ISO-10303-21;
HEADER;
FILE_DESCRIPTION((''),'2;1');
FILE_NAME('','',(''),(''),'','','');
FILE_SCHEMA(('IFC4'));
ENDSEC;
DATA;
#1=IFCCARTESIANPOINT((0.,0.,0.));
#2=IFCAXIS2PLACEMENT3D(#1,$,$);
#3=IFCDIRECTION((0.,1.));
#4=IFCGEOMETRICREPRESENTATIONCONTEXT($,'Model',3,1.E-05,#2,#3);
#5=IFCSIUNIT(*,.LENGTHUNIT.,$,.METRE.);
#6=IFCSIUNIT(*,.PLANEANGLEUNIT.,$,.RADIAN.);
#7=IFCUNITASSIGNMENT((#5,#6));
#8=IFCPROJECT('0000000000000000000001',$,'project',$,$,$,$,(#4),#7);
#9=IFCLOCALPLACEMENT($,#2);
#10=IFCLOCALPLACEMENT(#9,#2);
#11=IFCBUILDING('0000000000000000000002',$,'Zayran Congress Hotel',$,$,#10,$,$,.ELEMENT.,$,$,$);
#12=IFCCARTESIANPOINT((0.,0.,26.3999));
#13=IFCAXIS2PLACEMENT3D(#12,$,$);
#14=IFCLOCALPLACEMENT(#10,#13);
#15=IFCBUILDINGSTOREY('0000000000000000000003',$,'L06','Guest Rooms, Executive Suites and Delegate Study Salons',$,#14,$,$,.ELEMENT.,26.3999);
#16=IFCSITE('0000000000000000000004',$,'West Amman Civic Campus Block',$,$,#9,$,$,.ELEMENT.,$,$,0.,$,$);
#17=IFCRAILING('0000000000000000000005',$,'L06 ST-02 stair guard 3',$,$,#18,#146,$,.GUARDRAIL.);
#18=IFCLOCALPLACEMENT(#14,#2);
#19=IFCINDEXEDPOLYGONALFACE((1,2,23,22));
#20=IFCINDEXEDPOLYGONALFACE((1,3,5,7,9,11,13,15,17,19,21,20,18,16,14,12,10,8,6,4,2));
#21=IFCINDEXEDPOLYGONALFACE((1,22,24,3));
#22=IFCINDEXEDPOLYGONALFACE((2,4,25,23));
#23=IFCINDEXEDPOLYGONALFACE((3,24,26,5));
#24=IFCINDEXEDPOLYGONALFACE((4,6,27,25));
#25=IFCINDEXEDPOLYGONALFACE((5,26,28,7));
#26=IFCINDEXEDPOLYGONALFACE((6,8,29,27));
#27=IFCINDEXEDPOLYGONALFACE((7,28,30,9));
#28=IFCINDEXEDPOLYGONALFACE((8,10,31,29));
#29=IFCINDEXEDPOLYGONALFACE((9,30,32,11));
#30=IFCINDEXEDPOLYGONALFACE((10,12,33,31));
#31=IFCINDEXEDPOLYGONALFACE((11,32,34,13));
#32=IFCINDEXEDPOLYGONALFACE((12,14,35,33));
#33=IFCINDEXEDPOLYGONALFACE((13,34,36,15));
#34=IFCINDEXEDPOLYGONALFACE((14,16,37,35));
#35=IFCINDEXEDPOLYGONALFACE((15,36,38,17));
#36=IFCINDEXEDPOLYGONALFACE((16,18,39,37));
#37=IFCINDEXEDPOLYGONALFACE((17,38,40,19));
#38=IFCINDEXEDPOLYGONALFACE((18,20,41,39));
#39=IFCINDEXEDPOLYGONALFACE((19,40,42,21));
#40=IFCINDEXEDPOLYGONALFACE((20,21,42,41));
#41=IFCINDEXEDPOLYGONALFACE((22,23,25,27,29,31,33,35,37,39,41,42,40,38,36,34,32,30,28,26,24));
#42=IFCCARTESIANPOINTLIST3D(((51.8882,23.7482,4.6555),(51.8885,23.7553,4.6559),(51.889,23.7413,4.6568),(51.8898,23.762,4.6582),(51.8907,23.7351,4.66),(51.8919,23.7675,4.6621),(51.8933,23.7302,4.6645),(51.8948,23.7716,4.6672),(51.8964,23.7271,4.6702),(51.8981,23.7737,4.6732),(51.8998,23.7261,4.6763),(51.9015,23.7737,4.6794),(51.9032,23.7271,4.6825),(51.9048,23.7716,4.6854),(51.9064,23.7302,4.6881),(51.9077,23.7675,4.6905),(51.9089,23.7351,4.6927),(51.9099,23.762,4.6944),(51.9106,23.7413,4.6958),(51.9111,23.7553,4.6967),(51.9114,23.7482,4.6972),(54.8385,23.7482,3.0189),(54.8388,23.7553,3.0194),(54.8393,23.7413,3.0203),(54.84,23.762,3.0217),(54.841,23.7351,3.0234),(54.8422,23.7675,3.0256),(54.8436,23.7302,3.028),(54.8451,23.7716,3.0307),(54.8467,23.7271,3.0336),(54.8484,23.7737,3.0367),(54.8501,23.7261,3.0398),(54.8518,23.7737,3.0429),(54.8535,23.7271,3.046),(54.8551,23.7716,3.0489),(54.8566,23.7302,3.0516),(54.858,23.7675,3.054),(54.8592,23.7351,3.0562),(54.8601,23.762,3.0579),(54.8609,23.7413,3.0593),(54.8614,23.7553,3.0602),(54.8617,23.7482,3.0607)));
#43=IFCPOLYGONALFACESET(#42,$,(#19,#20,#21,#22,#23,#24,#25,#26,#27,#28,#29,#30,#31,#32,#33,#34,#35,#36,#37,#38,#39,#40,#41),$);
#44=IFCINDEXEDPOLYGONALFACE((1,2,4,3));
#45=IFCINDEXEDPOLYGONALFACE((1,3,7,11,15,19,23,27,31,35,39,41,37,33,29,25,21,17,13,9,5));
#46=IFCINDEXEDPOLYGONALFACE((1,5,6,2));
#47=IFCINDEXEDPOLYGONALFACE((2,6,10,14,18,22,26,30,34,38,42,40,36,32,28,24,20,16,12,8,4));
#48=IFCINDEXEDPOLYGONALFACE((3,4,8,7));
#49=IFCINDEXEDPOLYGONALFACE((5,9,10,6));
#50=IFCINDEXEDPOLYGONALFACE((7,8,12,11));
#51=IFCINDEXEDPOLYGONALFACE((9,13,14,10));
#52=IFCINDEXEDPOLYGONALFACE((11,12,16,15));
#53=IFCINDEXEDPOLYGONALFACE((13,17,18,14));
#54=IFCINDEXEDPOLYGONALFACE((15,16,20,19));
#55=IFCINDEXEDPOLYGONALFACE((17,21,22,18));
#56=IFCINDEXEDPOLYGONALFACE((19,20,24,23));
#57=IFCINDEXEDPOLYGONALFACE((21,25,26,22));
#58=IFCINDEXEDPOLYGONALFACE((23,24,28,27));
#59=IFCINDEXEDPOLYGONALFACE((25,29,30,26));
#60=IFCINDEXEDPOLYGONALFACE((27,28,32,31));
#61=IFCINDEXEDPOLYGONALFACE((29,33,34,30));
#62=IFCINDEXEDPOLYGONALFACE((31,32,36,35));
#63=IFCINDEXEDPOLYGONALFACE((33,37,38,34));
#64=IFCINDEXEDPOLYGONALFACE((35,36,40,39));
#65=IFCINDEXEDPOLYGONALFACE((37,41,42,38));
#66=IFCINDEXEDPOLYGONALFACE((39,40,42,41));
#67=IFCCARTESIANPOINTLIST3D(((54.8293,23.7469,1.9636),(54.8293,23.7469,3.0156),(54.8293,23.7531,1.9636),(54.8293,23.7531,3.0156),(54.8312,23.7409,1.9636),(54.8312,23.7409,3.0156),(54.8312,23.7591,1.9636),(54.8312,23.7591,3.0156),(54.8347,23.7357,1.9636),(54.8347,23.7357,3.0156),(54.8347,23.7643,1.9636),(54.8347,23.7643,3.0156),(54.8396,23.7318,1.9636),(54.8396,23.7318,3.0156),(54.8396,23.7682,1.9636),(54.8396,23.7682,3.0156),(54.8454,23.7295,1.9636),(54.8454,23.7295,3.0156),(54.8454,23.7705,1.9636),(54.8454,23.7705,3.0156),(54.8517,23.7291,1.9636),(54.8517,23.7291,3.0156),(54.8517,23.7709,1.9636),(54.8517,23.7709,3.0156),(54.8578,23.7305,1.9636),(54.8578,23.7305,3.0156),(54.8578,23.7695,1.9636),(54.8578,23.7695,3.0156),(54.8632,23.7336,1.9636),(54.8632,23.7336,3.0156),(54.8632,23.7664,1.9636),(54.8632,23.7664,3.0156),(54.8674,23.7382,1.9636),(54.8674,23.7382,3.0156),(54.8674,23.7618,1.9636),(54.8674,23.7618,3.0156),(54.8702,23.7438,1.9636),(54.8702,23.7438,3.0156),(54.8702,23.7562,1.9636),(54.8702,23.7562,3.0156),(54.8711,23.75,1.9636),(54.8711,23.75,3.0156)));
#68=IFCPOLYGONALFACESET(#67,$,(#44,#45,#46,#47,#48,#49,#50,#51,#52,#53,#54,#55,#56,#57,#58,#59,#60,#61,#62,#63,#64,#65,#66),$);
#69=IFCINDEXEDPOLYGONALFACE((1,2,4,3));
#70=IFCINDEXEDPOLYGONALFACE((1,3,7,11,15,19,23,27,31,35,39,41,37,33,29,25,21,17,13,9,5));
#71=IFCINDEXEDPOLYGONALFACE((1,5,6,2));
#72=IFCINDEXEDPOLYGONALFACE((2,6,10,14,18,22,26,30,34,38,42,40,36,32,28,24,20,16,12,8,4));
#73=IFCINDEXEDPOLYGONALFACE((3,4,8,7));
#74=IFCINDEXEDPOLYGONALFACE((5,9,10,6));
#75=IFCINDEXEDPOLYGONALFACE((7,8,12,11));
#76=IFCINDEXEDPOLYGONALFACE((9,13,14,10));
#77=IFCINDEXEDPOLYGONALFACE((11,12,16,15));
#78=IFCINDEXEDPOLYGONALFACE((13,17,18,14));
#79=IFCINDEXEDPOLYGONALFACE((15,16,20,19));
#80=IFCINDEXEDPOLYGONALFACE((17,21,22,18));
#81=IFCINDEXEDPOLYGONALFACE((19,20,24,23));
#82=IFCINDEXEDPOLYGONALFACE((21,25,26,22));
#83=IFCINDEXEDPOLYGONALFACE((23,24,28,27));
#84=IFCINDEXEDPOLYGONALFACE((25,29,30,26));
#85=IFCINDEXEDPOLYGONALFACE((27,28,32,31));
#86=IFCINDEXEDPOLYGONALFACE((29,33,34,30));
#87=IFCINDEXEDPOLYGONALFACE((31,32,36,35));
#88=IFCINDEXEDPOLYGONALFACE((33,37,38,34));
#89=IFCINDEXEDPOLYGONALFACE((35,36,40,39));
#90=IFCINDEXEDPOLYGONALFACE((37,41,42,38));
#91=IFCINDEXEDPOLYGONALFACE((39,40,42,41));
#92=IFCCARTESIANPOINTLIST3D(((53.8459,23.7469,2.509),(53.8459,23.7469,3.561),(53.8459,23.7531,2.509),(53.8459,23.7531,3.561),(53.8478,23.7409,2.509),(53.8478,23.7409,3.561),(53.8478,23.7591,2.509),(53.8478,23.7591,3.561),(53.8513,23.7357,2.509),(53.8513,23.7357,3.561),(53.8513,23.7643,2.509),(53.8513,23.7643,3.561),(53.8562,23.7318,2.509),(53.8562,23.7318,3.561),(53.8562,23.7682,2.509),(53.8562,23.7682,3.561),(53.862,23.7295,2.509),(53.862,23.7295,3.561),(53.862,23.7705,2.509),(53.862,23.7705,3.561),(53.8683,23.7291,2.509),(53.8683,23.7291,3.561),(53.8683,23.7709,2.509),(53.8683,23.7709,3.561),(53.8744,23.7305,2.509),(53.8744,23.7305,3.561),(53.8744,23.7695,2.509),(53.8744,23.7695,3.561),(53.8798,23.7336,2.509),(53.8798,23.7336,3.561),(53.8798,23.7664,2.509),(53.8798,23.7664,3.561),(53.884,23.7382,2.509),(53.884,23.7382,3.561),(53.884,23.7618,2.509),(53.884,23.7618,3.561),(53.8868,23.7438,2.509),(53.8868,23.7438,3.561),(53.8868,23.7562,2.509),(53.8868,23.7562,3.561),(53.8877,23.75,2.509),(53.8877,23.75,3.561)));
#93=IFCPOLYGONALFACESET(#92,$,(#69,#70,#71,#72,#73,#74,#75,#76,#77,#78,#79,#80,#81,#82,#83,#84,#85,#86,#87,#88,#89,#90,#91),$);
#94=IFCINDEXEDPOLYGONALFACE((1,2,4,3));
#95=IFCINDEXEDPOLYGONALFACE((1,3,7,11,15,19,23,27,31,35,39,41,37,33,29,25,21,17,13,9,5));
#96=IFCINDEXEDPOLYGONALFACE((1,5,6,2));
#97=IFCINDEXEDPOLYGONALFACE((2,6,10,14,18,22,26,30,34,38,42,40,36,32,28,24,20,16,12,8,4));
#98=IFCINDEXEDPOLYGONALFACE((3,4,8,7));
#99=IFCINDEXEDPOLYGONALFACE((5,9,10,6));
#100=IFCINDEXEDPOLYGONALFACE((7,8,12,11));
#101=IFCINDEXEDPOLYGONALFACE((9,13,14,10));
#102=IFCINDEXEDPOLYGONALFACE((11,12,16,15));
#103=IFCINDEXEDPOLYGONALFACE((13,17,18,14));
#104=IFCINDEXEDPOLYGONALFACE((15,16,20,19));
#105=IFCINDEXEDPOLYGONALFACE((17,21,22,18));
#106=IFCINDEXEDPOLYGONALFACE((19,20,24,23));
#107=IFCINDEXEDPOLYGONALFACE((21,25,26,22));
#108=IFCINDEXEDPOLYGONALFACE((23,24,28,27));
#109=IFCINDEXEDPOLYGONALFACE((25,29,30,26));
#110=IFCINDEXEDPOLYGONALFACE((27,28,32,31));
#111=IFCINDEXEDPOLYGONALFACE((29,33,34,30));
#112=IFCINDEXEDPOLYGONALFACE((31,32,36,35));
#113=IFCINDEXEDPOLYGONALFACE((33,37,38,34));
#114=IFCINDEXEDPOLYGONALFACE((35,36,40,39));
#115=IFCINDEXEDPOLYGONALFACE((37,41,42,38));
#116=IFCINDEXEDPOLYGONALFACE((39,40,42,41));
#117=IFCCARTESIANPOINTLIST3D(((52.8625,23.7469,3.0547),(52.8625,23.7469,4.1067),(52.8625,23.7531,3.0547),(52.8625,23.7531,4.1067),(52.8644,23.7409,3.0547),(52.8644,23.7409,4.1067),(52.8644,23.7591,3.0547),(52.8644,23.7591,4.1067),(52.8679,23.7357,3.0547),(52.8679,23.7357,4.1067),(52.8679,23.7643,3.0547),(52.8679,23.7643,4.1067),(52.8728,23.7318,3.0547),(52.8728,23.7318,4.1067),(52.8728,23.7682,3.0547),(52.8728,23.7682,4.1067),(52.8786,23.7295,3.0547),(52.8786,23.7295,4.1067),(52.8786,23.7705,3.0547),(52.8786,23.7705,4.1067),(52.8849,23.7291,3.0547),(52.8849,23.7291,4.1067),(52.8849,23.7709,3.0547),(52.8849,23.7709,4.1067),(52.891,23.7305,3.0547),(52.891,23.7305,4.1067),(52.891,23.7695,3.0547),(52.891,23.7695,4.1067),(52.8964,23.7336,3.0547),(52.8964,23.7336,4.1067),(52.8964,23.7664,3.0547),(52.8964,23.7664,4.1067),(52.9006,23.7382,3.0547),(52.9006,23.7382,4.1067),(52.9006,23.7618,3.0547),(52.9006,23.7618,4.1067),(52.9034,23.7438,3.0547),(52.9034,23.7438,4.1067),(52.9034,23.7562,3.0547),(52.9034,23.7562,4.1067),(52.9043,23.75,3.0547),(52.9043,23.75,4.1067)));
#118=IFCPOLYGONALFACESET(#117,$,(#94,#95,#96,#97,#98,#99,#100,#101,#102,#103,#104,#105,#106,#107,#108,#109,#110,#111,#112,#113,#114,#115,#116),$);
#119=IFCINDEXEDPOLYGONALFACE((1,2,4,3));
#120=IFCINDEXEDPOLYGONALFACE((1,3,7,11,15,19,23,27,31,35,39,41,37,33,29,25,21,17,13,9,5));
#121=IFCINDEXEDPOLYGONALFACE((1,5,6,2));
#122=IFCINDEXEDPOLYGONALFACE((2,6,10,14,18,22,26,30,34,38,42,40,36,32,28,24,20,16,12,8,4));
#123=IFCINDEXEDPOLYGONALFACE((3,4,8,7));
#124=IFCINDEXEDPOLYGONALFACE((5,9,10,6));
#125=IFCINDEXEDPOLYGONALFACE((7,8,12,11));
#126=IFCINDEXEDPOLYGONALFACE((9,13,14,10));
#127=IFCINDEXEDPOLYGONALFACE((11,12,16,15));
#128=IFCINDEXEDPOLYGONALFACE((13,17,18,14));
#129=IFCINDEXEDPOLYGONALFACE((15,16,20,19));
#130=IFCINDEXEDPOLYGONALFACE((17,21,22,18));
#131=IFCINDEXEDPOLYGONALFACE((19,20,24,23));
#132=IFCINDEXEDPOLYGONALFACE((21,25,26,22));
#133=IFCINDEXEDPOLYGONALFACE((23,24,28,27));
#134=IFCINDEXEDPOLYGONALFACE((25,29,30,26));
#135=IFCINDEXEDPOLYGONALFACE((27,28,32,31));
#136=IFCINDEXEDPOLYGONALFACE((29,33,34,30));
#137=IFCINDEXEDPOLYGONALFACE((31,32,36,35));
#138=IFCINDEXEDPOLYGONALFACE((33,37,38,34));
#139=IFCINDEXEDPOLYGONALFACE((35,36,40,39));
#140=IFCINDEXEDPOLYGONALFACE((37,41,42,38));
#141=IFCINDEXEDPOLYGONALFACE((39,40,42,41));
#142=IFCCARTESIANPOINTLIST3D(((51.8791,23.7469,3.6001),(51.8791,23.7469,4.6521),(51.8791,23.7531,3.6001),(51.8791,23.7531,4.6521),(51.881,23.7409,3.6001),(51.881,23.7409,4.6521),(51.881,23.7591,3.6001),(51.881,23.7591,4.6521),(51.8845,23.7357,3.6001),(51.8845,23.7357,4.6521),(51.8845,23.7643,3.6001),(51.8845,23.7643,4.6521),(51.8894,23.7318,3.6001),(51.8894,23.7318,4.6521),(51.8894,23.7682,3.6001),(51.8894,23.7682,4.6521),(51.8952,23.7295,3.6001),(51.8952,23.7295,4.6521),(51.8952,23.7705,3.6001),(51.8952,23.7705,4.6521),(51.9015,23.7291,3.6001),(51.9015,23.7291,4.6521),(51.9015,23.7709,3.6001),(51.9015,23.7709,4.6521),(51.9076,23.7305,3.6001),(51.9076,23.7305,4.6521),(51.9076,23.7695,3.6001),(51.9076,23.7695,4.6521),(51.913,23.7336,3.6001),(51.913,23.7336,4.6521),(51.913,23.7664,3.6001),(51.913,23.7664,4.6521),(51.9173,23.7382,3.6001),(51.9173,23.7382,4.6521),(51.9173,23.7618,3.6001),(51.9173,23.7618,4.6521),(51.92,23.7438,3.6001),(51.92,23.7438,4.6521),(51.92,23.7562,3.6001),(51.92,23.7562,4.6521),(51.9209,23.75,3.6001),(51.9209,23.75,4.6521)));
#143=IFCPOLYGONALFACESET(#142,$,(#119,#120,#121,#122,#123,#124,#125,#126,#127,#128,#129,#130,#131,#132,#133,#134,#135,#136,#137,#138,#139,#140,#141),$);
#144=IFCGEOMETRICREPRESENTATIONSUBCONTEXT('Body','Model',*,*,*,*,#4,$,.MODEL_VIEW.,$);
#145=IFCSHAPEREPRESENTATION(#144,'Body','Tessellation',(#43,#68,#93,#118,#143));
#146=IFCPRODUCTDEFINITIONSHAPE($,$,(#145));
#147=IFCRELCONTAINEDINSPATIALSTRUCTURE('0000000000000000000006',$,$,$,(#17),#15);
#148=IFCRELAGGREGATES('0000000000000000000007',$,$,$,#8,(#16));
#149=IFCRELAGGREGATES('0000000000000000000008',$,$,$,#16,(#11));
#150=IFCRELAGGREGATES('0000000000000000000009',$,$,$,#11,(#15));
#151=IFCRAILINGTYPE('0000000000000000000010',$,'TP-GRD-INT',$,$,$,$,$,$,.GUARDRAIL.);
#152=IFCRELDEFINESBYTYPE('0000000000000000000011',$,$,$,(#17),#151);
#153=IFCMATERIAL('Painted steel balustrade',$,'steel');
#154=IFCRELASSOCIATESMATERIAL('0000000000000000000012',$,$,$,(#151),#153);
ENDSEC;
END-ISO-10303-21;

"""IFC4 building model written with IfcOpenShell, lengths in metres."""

from ifc_helpers import new_model, si_unit, direction, frame, origin, origin_2d, place, context, subcontext, project, spatial, circle, extrude, material, type_object, element, save


model = new_model("IFC4")

# Units and contexts
model_context = context("Model", 3, precision=1e-05, world=origin(), true_north=direction((0.0, 1.0)))
body_context = subcontext(model_context, "Body", "Model", "MODEL_VIEW")
ifc_project = project(units=[si_unit("LENGTHUNIT", "METRE"), si_unit("PLANEANGLEUNIT", "RADIAN")], contexts=[model_context])

# Site, building, storey
site_placement = place(None, origin())
site = spatial("IfcSite", under=ifc_project, at=site_placement, Name="West Amman Civic Campus Block", CompositionType="ELEMENT", RefElevation=0.0)
building_placement = place(site_placement, origin())
building = spatial("IfcBuilding", under=site, at=building_placement, Name="Zayran Congress Hotel", CompositionType="ELEMENT")
storey_placement = place(building_placement, frame((0.0, 0.0, 26.3999)))
storey = spatial("IfcBuildingStorey", under=building, at=storey_placement, Name="L06", Description="Guest Rooms, Executive Suites and Delegate Study Salons", CompositionType="ELEMENT", Elevation=26.3999)

# Railing
ifc_material_1 = material(Name="Painted steel balustrade", Category="steel")
railing_type_1 = type_object("IfcRailingType", Name="TP-GRD-INT", PredefinedType="GUARDRAIL", material=ifc_material_1)
railing_1_placement = place(storey_placement, frame((54.8501, 23.75, 1.9636)))
element("IfcRailing", 1, at=railing_1_placement, inside=storey, type_object=railing_type_1, Name="L06 ST-02 stair guard 3", PredefinedType="GUARDRAIL", context=body_context, shape_type="SweptSolid", body=[
    extrude(circle(Radius=0.0239, at=origin_2d()), frame((0.0, 0.0, 1.0762), z_axis=(-0.874475, 0.0, 0.485071), x_axis=(0.0, -1.0, 0.0)), (0.0, 0.0, 1.0), 3.3738),
    extrude(circle(Radius=0.021, at=origin_2d()), origin(), (0.0, 0.0, 1.0), 1.052),
    extrude(circle(Radius=0.021, at=origin_2d()), frame((-0.9834, 0.0, 0.5454)), (0.0, 0.0, 1.0), 1.052),
    extrude(circle(Radius=0.021, at=origin_2d()), frame((-1.9668, 0.0, 1.0911)), (0.0, 0.0, 1.0), 1.052),
    extrude(circle(Radius=0.021, at=origin_2d()), frame((-2.9502, 0.0, 1.6365)), (0.0, 0.0, 1.0), 1.052),
])

save(model, "model.ifc")
